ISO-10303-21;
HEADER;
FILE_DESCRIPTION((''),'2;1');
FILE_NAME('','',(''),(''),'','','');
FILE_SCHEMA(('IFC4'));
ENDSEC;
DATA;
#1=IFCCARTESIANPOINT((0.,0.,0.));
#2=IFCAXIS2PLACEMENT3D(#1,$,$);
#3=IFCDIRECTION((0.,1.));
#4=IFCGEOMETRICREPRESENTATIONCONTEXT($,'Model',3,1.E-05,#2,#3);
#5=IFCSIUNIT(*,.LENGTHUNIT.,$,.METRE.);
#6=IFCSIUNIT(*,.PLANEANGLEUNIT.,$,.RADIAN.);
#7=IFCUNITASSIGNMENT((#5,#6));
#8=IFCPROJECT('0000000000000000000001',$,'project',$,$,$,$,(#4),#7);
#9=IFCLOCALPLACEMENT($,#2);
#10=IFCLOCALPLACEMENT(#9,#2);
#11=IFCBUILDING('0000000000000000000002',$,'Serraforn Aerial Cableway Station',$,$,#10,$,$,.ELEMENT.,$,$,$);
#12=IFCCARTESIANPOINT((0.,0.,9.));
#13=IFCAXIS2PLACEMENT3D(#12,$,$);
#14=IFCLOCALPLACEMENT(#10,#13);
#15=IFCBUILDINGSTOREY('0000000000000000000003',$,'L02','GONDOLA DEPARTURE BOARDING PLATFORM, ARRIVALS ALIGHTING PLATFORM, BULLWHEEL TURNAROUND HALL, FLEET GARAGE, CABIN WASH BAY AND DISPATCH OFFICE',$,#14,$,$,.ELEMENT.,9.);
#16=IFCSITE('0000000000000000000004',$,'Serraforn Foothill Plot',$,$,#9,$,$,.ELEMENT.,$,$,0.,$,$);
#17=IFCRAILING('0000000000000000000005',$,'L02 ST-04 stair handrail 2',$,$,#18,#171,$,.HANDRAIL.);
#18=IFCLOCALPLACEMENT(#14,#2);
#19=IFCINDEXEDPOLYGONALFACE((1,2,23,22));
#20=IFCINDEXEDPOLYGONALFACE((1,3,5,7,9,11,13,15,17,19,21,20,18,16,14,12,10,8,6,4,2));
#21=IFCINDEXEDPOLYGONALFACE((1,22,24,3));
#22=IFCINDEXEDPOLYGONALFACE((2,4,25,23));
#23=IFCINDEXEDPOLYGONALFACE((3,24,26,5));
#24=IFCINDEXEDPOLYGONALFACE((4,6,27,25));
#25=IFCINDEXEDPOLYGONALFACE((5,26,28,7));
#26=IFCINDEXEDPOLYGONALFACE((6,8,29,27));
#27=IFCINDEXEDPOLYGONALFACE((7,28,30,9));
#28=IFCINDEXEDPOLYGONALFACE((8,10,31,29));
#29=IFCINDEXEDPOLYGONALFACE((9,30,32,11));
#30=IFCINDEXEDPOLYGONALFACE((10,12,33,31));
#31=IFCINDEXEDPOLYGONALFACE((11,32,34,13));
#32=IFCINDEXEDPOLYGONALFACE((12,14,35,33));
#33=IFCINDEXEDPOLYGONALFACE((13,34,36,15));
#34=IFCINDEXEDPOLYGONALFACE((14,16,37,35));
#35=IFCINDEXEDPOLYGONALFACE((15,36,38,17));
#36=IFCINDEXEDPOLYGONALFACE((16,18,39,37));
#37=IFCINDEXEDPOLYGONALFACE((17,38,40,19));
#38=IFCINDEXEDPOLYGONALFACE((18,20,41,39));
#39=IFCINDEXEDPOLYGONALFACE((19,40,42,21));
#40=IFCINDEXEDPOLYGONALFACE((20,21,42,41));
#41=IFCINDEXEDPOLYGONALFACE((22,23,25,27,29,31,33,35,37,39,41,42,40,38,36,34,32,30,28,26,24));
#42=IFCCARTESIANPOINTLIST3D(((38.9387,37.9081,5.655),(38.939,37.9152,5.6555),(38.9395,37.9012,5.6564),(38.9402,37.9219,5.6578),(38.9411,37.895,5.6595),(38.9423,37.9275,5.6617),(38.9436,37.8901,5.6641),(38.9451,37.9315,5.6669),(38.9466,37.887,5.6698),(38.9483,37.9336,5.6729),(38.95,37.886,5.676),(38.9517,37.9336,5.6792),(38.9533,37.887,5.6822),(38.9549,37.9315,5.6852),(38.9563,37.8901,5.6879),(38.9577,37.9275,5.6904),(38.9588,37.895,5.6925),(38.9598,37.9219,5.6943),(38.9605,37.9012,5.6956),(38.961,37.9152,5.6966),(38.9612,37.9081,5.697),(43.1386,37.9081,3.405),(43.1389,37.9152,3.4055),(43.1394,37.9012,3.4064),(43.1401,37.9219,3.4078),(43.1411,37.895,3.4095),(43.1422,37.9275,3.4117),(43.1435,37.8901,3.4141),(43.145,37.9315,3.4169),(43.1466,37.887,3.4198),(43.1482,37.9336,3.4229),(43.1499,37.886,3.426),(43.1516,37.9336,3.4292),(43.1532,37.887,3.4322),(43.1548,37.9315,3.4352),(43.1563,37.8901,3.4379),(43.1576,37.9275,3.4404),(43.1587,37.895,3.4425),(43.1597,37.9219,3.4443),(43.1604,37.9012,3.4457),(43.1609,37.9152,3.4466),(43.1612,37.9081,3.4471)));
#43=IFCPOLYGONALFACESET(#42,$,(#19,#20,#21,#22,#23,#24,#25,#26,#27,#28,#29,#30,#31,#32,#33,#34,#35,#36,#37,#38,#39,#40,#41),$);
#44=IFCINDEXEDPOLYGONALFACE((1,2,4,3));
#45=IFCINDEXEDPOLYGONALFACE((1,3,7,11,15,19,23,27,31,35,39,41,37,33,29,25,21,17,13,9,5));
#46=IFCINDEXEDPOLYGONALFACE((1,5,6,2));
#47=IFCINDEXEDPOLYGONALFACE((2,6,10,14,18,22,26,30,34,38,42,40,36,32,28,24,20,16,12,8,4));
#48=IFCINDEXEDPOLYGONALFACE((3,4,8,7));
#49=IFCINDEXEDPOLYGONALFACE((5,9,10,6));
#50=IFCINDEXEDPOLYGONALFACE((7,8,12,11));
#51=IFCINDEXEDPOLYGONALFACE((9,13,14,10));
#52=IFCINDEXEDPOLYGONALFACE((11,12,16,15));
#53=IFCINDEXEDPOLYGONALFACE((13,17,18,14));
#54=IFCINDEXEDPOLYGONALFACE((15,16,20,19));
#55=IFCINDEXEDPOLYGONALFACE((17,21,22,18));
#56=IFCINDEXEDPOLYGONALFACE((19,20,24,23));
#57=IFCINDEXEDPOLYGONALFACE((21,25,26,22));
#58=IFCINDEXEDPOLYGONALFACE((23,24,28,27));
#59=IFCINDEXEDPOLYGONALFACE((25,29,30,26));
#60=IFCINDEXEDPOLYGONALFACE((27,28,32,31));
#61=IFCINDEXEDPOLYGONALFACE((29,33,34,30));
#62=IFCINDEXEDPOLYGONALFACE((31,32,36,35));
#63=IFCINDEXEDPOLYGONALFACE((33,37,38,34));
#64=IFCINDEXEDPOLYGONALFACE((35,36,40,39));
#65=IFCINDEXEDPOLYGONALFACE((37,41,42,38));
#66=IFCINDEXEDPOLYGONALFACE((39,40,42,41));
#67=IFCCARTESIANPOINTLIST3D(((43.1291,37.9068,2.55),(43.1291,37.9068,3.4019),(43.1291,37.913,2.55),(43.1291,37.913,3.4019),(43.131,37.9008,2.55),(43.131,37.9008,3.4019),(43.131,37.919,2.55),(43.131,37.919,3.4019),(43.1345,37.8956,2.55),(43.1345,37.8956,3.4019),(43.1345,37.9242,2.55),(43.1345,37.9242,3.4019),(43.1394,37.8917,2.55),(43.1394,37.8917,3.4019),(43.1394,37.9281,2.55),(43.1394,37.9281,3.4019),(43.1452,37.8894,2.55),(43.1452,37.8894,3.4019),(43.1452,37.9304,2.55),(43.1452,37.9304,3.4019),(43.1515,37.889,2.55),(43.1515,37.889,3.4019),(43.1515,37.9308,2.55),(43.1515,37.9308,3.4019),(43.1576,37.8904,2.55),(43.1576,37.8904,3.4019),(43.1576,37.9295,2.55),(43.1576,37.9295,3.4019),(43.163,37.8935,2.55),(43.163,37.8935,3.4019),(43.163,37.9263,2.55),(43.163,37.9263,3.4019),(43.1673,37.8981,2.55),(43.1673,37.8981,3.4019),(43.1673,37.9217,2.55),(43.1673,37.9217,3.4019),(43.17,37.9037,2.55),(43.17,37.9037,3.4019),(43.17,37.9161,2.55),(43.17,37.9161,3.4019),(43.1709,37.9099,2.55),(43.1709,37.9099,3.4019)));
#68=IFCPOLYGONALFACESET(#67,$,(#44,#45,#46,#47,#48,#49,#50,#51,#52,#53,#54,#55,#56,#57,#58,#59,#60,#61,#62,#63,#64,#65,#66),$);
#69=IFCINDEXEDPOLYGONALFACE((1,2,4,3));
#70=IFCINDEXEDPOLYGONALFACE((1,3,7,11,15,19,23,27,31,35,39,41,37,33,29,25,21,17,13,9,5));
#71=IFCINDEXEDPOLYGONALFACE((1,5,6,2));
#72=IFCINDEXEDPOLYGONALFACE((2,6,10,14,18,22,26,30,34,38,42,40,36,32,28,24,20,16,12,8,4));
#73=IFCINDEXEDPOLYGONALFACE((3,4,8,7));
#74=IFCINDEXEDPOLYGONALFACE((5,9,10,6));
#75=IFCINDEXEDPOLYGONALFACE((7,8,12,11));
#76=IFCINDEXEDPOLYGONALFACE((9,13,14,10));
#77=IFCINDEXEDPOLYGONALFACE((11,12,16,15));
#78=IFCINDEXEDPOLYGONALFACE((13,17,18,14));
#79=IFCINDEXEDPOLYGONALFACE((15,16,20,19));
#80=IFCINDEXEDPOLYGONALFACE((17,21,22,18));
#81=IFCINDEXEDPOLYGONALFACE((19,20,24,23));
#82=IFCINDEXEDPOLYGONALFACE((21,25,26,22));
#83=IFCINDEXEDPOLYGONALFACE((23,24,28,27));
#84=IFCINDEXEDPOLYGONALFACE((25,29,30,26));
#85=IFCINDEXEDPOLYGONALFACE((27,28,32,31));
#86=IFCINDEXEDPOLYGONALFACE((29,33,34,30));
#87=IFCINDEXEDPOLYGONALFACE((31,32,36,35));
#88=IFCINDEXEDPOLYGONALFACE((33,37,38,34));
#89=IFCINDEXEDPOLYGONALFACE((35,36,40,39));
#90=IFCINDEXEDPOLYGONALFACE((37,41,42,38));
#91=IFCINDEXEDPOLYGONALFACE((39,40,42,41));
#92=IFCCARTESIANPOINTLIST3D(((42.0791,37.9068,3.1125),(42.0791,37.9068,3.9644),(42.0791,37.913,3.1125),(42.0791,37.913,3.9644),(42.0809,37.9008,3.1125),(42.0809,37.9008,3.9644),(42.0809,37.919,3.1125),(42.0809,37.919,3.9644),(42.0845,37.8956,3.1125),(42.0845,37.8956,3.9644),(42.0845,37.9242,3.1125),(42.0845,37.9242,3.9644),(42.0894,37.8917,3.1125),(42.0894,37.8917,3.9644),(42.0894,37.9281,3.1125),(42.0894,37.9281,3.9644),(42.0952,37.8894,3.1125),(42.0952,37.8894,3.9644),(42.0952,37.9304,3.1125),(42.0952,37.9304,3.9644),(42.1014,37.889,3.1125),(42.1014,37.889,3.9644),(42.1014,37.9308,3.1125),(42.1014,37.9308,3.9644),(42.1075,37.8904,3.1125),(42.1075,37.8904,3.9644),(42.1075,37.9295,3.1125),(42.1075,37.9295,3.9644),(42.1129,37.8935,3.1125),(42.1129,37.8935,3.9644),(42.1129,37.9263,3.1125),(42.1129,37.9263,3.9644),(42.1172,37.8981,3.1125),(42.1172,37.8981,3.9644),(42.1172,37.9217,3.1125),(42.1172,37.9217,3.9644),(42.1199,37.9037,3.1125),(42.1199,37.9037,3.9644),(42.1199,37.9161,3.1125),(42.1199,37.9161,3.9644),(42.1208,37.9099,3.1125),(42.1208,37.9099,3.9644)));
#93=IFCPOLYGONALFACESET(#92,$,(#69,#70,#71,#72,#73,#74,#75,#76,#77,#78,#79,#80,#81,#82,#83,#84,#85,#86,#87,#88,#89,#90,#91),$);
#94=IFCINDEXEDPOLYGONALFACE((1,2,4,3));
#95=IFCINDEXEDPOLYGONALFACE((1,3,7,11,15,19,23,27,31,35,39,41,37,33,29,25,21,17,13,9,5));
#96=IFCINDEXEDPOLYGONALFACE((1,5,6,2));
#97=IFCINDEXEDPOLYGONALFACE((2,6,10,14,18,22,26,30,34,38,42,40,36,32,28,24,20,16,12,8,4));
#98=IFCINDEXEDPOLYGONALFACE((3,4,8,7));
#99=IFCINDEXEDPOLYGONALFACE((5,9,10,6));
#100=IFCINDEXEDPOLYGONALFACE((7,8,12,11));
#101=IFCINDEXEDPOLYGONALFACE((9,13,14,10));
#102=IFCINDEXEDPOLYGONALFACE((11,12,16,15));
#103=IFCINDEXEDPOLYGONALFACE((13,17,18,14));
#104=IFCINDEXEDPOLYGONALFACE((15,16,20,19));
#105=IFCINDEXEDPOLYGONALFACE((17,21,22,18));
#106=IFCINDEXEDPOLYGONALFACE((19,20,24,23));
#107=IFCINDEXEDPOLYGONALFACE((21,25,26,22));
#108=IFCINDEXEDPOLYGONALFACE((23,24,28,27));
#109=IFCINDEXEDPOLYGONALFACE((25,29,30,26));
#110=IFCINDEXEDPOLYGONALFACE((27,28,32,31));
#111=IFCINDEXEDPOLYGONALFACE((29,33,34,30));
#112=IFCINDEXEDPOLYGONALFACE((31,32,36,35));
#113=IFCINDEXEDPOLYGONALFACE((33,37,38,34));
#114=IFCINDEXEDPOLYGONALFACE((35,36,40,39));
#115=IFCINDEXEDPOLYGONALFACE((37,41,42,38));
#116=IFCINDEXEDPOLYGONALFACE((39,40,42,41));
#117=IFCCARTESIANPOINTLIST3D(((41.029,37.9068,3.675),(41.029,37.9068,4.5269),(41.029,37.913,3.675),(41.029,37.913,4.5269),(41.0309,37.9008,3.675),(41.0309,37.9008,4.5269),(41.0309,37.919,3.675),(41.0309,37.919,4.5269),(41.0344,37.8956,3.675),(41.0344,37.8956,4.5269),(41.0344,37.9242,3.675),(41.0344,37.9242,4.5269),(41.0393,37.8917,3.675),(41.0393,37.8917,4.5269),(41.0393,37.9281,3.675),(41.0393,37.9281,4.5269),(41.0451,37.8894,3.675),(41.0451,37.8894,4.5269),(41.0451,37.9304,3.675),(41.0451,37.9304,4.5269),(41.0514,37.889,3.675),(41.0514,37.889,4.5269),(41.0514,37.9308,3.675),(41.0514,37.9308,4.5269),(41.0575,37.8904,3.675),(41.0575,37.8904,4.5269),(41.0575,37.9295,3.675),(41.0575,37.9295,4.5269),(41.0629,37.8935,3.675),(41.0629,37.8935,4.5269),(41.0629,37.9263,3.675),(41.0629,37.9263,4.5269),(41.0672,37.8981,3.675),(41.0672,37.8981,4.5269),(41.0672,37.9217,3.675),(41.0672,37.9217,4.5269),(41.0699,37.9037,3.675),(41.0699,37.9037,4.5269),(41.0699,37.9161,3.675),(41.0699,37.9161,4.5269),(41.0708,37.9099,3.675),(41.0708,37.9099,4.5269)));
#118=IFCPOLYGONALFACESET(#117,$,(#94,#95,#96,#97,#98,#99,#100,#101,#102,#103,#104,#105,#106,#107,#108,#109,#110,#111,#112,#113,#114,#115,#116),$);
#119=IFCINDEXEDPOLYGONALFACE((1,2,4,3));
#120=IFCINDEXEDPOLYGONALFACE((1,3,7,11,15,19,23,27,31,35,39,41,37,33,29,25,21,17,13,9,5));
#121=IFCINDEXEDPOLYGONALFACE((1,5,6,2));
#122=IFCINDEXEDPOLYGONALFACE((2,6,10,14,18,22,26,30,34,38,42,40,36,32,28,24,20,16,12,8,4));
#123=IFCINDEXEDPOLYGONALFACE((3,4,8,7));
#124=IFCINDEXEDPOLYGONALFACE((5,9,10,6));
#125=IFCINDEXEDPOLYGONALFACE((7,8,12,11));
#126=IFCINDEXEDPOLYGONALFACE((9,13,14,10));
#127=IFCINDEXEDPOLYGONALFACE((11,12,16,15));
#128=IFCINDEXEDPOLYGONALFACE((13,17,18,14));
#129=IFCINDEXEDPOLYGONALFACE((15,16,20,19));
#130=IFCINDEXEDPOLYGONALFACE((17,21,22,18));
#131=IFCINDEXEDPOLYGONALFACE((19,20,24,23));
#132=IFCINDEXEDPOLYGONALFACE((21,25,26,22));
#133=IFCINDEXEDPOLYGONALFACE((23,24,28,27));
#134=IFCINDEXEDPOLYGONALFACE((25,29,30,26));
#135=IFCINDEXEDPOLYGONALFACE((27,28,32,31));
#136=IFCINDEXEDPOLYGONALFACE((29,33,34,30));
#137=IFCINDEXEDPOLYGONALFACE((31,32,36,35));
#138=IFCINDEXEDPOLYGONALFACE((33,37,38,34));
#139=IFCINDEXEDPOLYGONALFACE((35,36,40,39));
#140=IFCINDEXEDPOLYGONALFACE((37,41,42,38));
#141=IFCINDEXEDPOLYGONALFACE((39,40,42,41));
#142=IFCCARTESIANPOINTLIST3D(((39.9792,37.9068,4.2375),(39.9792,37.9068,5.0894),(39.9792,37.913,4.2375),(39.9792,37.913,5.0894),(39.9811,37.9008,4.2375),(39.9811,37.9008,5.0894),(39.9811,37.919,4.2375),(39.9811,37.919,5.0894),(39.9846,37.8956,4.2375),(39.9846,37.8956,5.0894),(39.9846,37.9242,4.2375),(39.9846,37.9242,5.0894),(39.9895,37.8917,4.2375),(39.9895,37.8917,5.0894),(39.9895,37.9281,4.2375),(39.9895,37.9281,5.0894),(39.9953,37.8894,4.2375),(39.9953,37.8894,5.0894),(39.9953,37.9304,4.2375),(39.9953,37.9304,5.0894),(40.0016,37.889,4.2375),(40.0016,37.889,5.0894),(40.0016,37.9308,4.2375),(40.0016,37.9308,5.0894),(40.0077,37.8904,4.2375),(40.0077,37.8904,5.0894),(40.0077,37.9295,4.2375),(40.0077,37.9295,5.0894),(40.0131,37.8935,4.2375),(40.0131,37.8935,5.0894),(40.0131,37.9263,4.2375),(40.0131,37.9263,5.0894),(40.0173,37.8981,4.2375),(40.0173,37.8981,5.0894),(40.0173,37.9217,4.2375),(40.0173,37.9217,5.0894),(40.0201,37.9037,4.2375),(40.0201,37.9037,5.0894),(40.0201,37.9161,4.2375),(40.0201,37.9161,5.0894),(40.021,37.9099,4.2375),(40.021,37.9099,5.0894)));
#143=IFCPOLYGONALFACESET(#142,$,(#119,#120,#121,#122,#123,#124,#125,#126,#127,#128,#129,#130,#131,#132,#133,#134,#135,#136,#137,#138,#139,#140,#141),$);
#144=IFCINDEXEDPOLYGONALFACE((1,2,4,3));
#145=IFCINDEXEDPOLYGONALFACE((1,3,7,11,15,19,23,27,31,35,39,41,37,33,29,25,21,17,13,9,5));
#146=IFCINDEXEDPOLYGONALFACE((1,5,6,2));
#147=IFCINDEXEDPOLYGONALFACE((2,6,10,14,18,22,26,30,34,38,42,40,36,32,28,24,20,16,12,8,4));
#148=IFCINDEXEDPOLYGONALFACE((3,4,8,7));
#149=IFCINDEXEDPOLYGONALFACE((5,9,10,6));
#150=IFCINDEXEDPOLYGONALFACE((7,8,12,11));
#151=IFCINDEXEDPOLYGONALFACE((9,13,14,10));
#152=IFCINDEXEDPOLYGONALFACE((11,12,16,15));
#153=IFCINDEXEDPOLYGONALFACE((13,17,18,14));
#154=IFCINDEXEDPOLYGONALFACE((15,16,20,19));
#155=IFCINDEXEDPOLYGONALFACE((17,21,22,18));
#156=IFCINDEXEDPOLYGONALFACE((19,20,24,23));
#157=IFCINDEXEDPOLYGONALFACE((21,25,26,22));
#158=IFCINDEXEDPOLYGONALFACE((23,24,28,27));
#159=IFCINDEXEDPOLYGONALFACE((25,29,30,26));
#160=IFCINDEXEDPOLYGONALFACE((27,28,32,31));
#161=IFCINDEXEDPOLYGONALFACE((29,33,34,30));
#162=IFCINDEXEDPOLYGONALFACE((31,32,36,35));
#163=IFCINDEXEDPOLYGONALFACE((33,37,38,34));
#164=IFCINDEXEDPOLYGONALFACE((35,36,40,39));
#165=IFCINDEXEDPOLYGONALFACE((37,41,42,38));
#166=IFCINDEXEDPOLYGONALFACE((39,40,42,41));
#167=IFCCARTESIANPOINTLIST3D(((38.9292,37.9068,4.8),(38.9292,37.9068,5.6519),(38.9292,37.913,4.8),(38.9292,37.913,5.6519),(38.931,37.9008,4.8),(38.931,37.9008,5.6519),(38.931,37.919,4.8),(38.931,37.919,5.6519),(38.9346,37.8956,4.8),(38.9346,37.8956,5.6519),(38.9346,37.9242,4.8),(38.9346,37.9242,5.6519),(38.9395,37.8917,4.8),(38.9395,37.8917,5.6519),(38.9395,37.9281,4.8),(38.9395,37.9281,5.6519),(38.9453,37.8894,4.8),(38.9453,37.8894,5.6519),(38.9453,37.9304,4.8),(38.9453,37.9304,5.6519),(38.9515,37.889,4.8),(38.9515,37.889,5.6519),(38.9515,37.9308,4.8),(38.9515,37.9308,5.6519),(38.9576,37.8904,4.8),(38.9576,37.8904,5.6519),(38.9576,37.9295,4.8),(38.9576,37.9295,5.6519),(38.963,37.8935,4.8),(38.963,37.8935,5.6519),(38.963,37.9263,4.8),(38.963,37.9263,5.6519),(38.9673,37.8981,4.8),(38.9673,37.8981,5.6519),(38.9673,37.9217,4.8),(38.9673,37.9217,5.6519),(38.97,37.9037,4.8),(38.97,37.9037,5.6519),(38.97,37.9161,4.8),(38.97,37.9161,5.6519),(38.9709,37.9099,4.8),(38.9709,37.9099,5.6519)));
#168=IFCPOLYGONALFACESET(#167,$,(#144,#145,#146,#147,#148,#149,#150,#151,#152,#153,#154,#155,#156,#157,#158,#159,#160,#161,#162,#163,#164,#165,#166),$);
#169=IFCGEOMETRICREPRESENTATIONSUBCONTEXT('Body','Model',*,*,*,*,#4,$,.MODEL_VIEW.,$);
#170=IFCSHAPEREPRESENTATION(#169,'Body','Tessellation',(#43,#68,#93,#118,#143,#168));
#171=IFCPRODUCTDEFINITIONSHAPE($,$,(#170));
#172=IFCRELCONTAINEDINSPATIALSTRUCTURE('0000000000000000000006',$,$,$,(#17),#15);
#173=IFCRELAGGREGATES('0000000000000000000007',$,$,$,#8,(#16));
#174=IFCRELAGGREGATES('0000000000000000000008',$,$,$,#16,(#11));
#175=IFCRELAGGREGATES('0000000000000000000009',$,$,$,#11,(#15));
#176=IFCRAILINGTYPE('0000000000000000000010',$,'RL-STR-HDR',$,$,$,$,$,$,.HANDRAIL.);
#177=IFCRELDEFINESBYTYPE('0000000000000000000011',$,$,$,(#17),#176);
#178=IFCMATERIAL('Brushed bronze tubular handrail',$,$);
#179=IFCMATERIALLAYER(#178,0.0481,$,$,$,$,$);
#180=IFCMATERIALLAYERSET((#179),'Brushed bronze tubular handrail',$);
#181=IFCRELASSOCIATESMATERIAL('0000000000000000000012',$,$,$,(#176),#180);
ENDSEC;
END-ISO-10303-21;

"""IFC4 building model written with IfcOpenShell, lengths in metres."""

from ifc_helpers import new_model, si_unit, direction, frame, origin, origin_2d, place, context, subcontext, project, spatial, circle, extrude, material, layer, layer_set, type_object, element, save


model = new_model("IFC4")

# Units and contexts
model_context = context("Model", 3, precision=1e-05, world=origin(), true_north=direction((0.0, 1.0)))
body_context = subcontext(model_context, "Body", "Model", "MODEL_VIEW")
ifc_project = project(units=[si_unit("LENGTHUNIT", "METRE"), si_unit("PLANEANGLEUNIT", "RADIAN")], contexts=[model_context])

# Site, building, storey
site_placement = place(None, origin())
site = spatial("IfcSite", under=ifc_project, at=site_placement, Name="Serraforn Foothill Plot", CompositionType="ELEMENT", RefElevation=0.0)
building_placement = place(site_placement, origin())
building = spatial("IfcBuilding", under=site, at=building_placement, Name="Serraforn Aerial Cableway Station", CompositionType="ELEMENT")
storey_placement = place(building_placement, frame((0.0, 0.0, 9.0)))
storey = spatial("IfcBuildingStorey", under=building, at=storey_placement, Name="L02", Description="GONDOLA DEPARTURE BOARDING PLATFORM, ARRIVALS ALIGHTING PLATFORM, BULLWHEEL TURNAROUND HALL, FLEET GARAGE, CABIN WASH BAY AND DISPATCH OFFICE", CompositionType="ELEMENT", Elevation=9.0)

# Railing
ifc_material_1 = material(Name="Brushed bronze tubular handrail")
ifc_layer_1 = layer(ifc_material_1, 0.0481)
ifc_layer_set_1 = layer_set([ifc_layer_1], Name="Brushed bronze tubular handrail")
railing_type_1 = type_object("IfcRailingType", Name="RL-STR-HDR", PredefinedType="HANDRAIL", material=ifc_layer_set_1)
railing_1_placement = place(storey_placement, frame((43.1499, 37.9099, 2.55)))
element("IfcRailing", 1, at=railing_1_placement, inside=storey, type_object=railing_type_1, Name="L02 ST-04 stair handrail 2", PredefinedType="HANDRAIL", context=body_context, shape_type="SweptSolid", body=[
    extrude(circle(Radius=0.0239, at=origin_2d()), frame((0.0, 0.0, 0.876), z_axis=(-0.881478, 0.0, 0.472226), x_axis=(0.0, -1.0, 0.0)), (0.0, 0.0, 1.0), 4.7646),
    extrude(circle(Radius=0.021, at=origin_2d()), origin(), (0.0, 0.0, 1.0), 0.8518),
    extrude(circle(Radius=0.021, at=origin_2d()), frame((-1.05, 0.0, 0.5625)), (0.0, 0.0, 1.0), 0.8518),
    extrude(circle(Radius=0.021, at=origin_2d()), frame((-2.1001, 0.0, 1.125)), (0.0, 0.0, 1.0), 0.8518),
    extrude(circle(Radius=0.021, at=origin_2d()), frame((-3.1499, 0.0, 1.6875)), (0.0, 0.0, 1.0), 0.8518),
    extrude(circle(Radius=0.021, at=origin_2d()), frame((-4.2, 0.0, 2.25)), (0.0, 0.0, 1.0), 0.8518),
])

save(model, "model.ifc")
